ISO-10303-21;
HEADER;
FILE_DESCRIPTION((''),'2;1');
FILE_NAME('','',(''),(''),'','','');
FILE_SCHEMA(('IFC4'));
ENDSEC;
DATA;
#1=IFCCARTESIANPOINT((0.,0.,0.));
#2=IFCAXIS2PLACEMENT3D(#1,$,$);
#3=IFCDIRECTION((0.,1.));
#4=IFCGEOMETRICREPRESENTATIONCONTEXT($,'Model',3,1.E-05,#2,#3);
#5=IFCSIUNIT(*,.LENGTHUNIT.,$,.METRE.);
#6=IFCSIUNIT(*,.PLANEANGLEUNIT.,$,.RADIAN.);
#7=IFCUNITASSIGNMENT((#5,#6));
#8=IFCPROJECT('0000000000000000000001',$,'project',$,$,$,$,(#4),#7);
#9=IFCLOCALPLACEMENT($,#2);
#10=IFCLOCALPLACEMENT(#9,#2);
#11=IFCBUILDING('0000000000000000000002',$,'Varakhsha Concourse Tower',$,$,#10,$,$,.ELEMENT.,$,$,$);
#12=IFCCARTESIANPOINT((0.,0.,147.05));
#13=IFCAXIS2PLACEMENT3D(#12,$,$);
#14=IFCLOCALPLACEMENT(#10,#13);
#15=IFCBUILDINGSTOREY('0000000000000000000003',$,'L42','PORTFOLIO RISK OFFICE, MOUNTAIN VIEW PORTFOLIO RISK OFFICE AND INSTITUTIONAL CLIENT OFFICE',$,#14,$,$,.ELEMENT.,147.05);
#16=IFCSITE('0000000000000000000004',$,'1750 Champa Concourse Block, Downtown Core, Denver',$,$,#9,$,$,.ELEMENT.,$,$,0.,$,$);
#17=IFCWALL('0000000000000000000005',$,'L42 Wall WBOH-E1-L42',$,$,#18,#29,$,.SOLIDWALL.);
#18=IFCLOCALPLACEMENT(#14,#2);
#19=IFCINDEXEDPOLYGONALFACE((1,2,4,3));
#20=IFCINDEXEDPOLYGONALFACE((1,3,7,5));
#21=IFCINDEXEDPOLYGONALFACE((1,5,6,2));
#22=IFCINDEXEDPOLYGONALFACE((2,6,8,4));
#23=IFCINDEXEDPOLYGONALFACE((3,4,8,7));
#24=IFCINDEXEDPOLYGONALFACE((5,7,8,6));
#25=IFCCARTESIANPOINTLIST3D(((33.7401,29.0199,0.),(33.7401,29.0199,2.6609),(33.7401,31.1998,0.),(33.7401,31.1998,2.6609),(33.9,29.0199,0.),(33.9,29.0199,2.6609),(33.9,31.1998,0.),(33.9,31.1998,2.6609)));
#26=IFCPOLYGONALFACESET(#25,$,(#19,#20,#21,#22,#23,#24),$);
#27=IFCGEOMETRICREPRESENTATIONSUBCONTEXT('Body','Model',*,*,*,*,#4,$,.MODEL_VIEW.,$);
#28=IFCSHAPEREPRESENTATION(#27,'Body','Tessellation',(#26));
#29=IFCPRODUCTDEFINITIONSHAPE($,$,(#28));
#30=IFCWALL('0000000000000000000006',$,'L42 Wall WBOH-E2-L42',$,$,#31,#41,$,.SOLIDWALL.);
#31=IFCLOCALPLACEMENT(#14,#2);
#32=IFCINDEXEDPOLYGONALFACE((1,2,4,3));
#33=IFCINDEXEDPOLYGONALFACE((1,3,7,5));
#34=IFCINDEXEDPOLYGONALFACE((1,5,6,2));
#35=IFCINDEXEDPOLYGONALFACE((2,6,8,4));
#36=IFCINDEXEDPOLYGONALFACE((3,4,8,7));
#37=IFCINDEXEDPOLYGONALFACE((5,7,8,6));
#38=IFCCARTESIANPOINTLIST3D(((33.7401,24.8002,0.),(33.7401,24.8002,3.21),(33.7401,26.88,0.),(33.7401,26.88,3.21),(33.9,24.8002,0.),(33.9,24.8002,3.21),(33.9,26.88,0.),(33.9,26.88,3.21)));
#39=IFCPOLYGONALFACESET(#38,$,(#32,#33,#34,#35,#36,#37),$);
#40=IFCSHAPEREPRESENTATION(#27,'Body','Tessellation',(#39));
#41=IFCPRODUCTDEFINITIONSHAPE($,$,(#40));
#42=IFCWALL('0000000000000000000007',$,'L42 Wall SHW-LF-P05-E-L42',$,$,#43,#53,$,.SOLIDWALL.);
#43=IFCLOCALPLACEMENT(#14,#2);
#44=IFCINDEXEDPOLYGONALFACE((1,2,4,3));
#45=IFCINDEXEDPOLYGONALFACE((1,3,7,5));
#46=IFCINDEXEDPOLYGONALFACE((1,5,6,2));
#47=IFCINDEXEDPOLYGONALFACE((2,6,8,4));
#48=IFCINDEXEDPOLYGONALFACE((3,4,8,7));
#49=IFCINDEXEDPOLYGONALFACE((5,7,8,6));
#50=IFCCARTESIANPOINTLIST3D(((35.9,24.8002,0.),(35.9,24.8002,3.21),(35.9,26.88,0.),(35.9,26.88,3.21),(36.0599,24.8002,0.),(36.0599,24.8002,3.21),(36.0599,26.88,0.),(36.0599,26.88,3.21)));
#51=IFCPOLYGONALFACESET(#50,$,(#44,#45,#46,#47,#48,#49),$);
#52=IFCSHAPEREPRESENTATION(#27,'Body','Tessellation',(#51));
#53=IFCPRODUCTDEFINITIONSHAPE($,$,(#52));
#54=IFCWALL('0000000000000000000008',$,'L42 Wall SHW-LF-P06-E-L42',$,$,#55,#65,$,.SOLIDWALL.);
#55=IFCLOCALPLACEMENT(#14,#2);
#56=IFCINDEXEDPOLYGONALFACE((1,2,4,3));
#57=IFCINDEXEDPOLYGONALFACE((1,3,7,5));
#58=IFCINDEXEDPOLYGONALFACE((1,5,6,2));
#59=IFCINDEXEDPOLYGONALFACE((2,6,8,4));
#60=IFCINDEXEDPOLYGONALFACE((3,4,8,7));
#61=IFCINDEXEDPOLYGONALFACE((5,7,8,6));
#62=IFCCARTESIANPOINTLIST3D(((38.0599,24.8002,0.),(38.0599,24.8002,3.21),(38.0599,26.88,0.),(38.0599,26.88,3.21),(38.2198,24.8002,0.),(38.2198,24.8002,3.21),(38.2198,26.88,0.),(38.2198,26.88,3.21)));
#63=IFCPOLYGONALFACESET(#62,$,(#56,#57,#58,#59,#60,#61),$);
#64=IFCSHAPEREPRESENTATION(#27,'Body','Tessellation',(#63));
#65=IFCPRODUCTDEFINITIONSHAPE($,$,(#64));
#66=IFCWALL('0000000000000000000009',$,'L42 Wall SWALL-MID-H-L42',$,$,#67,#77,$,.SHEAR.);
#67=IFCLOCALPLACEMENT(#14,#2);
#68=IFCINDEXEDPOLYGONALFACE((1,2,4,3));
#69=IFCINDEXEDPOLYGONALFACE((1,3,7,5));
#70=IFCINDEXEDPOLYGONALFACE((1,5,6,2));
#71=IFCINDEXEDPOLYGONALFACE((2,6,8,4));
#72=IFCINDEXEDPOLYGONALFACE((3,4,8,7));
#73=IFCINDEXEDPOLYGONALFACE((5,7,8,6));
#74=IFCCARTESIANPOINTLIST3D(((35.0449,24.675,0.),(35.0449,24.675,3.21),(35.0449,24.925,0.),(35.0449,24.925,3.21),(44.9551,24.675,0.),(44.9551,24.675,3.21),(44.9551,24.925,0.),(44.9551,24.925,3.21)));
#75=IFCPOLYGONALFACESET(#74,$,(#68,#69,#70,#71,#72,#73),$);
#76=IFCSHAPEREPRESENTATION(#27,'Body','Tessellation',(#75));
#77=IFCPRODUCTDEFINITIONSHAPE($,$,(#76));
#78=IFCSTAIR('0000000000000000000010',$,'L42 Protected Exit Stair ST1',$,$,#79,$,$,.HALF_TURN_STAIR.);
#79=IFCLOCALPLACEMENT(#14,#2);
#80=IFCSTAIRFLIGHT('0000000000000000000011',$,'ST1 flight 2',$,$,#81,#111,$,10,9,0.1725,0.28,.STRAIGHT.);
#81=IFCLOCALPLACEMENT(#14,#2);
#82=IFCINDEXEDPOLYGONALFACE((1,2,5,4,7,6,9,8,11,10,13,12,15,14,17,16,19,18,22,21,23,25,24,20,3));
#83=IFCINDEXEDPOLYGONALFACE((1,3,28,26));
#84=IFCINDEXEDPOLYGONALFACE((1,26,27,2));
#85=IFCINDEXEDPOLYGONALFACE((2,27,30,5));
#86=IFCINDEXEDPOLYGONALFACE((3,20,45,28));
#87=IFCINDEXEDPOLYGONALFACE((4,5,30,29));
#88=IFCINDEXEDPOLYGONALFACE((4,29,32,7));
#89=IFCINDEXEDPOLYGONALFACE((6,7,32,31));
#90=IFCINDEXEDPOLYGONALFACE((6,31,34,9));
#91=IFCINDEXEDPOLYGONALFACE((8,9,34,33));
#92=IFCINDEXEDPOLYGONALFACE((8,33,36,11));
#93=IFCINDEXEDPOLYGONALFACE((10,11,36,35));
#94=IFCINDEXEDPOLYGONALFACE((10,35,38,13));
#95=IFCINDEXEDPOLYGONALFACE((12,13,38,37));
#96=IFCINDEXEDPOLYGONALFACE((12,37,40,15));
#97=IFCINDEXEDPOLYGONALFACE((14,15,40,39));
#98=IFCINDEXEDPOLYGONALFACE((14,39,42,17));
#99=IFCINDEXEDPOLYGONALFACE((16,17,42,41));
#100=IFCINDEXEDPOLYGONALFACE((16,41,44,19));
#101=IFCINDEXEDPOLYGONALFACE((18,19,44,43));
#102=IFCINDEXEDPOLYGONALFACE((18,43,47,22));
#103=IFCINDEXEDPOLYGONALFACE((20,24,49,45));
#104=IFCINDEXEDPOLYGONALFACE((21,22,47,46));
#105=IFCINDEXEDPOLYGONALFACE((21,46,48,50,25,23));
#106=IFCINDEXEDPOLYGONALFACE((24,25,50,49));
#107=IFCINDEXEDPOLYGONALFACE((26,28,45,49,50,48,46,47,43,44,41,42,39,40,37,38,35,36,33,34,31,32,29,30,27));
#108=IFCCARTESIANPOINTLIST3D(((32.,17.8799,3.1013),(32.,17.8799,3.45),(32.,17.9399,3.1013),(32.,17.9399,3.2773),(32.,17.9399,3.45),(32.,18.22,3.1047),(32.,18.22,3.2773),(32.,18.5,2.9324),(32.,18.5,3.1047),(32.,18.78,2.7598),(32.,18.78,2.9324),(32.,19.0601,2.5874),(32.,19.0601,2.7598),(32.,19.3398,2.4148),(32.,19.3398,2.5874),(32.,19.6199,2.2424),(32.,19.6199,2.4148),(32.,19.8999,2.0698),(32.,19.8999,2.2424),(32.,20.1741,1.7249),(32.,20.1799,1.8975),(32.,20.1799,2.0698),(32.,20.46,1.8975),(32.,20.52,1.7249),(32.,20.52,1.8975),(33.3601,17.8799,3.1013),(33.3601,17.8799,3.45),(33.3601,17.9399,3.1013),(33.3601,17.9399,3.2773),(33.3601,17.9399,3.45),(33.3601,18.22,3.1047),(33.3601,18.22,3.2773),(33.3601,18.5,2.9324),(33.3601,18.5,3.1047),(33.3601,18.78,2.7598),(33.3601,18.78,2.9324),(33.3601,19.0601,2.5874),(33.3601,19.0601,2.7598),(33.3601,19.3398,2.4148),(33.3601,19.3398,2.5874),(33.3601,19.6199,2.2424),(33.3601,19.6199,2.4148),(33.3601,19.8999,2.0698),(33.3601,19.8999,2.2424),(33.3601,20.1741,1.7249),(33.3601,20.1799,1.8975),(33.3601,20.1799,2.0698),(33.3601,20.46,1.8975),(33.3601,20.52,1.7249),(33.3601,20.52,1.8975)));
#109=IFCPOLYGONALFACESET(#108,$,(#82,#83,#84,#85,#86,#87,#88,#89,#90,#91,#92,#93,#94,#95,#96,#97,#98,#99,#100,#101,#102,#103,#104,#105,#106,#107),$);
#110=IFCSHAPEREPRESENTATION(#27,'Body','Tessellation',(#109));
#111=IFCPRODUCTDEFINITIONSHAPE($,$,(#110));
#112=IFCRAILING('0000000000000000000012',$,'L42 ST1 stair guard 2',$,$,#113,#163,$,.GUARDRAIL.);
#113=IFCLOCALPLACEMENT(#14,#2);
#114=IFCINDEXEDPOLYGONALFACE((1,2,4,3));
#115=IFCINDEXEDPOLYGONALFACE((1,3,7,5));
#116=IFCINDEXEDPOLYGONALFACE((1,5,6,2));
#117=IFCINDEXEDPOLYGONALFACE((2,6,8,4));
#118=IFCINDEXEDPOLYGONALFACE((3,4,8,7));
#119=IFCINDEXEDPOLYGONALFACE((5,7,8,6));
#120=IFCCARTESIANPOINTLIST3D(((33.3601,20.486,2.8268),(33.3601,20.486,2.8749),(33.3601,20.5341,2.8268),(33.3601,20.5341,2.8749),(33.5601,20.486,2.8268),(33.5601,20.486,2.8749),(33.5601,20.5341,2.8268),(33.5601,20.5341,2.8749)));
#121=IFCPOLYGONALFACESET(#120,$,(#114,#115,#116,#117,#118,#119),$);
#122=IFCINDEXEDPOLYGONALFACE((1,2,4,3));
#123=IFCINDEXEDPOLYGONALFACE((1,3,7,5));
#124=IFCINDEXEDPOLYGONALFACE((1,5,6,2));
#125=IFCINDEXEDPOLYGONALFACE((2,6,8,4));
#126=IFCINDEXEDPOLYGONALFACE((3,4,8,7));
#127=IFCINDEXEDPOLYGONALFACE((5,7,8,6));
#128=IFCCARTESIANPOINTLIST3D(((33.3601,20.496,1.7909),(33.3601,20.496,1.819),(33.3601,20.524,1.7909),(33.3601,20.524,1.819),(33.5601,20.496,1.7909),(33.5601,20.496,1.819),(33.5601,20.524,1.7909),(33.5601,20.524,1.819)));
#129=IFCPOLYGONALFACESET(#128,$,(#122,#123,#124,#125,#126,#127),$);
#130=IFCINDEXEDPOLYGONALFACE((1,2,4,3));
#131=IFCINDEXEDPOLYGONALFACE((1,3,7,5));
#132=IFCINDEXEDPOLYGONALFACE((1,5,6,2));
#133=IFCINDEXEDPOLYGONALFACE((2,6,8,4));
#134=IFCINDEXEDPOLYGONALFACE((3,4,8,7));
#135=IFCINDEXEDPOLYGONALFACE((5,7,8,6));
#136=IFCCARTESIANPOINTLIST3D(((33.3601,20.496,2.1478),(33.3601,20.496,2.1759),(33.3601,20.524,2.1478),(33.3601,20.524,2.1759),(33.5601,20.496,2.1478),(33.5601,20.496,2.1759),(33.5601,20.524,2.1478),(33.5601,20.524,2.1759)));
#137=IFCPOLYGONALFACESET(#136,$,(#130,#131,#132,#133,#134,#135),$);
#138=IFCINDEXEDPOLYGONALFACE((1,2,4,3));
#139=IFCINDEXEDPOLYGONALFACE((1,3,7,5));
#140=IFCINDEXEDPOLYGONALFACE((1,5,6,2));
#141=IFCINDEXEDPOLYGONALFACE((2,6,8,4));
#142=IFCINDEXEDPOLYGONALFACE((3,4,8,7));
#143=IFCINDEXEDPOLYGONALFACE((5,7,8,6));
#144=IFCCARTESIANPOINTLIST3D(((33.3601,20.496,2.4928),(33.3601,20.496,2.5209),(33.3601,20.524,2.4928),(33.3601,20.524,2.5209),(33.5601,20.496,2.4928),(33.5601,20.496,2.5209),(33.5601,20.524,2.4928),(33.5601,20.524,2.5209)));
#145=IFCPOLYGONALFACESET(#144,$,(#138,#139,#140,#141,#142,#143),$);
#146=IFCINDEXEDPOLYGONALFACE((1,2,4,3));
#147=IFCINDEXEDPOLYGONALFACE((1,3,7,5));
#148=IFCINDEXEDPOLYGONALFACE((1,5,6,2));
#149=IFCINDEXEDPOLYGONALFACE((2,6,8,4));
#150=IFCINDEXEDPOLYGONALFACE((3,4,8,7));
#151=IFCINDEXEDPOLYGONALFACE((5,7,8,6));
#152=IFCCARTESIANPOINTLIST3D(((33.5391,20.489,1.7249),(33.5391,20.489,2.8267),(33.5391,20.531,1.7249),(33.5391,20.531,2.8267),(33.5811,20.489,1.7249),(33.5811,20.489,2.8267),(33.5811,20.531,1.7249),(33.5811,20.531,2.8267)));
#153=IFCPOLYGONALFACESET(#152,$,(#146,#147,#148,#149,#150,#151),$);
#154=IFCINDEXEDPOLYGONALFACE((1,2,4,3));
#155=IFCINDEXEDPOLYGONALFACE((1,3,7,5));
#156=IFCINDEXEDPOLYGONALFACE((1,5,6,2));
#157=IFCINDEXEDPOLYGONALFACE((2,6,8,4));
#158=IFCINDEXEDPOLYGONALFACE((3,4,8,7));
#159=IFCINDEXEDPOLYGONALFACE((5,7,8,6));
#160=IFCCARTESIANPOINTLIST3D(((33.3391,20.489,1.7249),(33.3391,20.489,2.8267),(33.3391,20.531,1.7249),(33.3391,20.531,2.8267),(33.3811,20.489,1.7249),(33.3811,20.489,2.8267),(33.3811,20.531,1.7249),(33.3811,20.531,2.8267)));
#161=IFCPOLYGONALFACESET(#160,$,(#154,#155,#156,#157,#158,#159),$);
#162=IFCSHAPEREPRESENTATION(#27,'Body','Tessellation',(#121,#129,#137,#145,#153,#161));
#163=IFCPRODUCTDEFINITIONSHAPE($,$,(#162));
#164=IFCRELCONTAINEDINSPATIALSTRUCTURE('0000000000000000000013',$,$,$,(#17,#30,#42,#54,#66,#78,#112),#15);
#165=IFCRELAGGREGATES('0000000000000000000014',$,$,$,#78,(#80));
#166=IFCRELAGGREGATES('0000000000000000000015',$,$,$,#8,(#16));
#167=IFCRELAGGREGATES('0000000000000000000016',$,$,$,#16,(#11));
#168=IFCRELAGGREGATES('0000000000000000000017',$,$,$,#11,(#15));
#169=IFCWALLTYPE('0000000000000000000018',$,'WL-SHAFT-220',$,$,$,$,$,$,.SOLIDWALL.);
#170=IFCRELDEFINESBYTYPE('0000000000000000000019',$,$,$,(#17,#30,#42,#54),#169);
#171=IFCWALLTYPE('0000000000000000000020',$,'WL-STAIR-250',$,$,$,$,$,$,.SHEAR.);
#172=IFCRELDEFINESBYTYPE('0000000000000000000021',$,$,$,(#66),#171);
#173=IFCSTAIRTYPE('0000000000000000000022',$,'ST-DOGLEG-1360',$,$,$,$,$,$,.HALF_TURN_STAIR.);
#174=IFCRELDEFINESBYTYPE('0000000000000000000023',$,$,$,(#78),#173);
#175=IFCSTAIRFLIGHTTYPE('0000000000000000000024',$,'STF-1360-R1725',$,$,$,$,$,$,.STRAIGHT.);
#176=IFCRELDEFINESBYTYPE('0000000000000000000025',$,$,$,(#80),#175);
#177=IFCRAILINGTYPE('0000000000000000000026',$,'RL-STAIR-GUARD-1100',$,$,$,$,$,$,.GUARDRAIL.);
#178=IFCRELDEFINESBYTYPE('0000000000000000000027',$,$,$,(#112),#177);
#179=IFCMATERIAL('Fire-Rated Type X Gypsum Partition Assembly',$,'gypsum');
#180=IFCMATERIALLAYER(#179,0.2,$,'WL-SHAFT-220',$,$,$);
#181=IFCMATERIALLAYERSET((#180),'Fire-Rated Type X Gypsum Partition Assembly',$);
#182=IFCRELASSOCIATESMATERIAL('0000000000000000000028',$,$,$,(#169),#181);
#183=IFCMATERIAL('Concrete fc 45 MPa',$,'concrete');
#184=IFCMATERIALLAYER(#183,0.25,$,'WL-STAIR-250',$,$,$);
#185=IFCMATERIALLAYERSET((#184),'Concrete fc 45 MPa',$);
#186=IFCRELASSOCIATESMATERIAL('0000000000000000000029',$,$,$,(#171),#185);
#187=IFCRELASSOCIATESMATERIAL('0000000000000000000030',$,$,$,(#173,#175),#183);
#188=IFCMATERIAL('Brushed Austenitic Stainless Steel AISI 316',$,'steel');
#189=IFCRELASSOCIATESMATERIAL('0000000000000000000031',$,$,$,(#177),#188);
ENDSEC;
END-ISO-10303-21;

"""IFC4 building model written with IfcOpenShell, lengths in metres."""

from ifc_helpers import new_model, si_unit, direction, frame, frame_2d, origin, origin_2d, place, context, subcontext, project, spatial, polyline, rectangle, outline, extrude, material, layer, layer_set, type_object, element, aggregate, save


model = new_model("IFC4")

# Units and contexts
model_context = context("Model", 3, precision=1e-05, world=origin(), true_north=direction((0.0, 1.0)))
body_context = subcontext(model_context, "Body", "Model", "MODEL_VIEW")
ifc_project = project(units=[si_unit("LENGTHUNIT", "METRE"), si_unit("PLANEANGLEUNIT", "RADIAN")], contexts=[model_context])

# Site, building, storey
site_placement = place(None, origin())
site = spatial("IfcSite", under=ifc_project, at=site_placement, Name="1750 Champa Concourse Block, Downtown Core, Denver", CompositionType="ELEMENT", RefElevation=0.0)
building_placement = place(site_placement, origin())
building = spatial("IfcBuilding", under=site, at=building_placement, Name="Varakhsha Concourse Tower", CompositionType="ELEMENT")
storey_placement = place(building_placement, frame((0.0, 0.0, 147.05)))
storey = spatial("IfcBuildingStorey", under=building, at=storey_placement, Name="L42", Description="PORTFOLIO RISK OFFICE, MOUNTAIN VIEW PORTFOLIO RISK OFFICE AND INSTITUTIONAL CLIENT OFFICE", CompositionType="ELEMENT", Elevation=147.05)

# Shared definitions
ifc_material_1 = material(Name="Fire-Rated Type X Gypsum Partition Assembly", Category="gypsum")

# Shared definitions
ifc_layer_1 = layer(ifc_material_1, 0.2, Name="WL-SHAFT-220")
ifc_layer_set_1 = layer_set([ifc_layer_1], Name="Fire-Rated Type X Gypsum Partition Assembly")
wall_type_1 = type_object("IfcWallType", Name="WL-SHAFT-220", PredefinedType="SOLIDWALL", material=ifc_layer_set_1)
ifc_material_2 = material(Name="Brushed Austenitic Stainless Steel AISI 316", Category="steel")

# Walls
wall_1_placement = place(storey_placement, frame((33.8201, 29.02, 0.0), z_axis=(0.0, 0.0, 1.0), x_axis=(0.0, 1.0, 0.0)))
element("IfcWall", 1, at=wall_1_placement, inside=storey, type_object=wall_type_1, Name="L42 Wall WBOH-E1-L42", PredefinedType="SOLIDWALL", context=body_context, shape_type="SweptSolid", body=[
    extrude(rectangle(XDim=2.1799, YDim=0.1599, at=frame_2d((1.0898, 0.0))), origin(), (0.0, 0.0, 1.0), 2.6609),
])
for number, where, z_axis, x_axis, name in (
    (2, (33.8201, 24.8, 0.0), (0.0, 0.0, 1.0), (0.0, 1.0, 0.0), "L42 Wall WBOH-E2-L42"),
    (3, (35.98, 24.8, 0.0), (0.0, 0.0, 1.0), (0.0, 1.0, 0.0), "L42 Wall SHW-LF-P05-E-L42"),
    (4, (38.1399, 24.8, 0.0), (0.0, 0.0, 1.0), (0.0, 1.0, 0.0), "L42 Wall SHW-LF-P06-E-L42"),
):
    element("IfcWall", number, at=place(storey_placement, frame(where, z_axis=z_axis, x_axis=x_axis)), inside=storey, type_object=wall_type_1, Name=name, PredefinedType="SOLIDWALL", context=body_context, shape_type="SweptSolid", body=[
        extrude(rectangle(XDim=2.0798, YDim=0.1599, at=frame_2d((1.04, 0.0))), origin(), (0.0, 0.0, 1.0), 3.21),
    ])
ifc_material_3 = material(Name="Concrete fc 45 MPa", Category="concrete")
ifc_layer_2 = layer(ifc_material_3, 0.25, Name="WL-STAIR-250")
ifc_layer_set_2 = layer_set([ifc_layer_2], Name="Concrete fc 45 MPa")
wall_type_2 = type_object("IfcWallType", Name="WL-STAIR-250", PredefinedType="SHEAR", material=ifc_layer_set_2)
wall_2_placement = place(storey_placement, frame((35.0449, 24.8, 0.0), z_axis=(0.0, 0.0, 1.0), x_axis=(1.0, 0.0, 0.0)))
element("IfcWall", 5, at=wall_2_placement, inside=storey, type_object=wall_type_2, Name="L42 Wall SWALL-MID-H-L42", PredefinedType="SHEAR", context=body_context, shape_type="SweptSolid", body=[
    extrude(rectangle(XDim=9.9102, YDim=0.25, at=frame_2d((4.9551, 0.0))), origin(), (0.0, 0.0, 1.0), 3.21),
])

# Stair, stair flight
stair_type = type_object("IfcStairType", Name="ST-DOGLEG-1360", PredefinedType="HALF_TURN_STAIR", material=ifc_material_3)
stair_placement = place(storey_placement, origin())
stair = element("IfcStair", 6, at=stair_placement, inside=storey, type_object=stair_type, Name="L42 Protected Exit Stair ST1", PredefinedType="HALF_TURN_STAIR")
stair_flight_type = type_object("IfcStairFlightType", Name="STF-1360-R1725", PredefinedType="STRAIGHT", material=ifc_material_3)
stair_flight_placement = place(storey_placement, frame((32.6799, 20.46, 1.7249), z_axis=(0.0, 0.0, 1.0), x_axis=(0.0, -1.0, 0.0)))
stair_flight = element("IfcStairFlight", 7, at=stair_flight_placement, type_object=stair_flight_type, Name="ST1 flight 2", NumberOfRisers=10, NumberOfTreads=9, PredefinedType="STRAIGHT", RiserHeight=0.1725, TreadLength=0.28, context=body_context, shape_type="SweptSolid", body=[
    extrude(outline(polyline([(-0.0601, 0.0), (-0.0601, 0.1726), (0.0, 0.1726), (0.28, 0.1726), (0.28, 0.345), (0.5601, 0.345), (0.5601, 0.5176), (0.8401, 0.5176), (0.8401, 0.6899), (1.1201, 0.6899), (1.1201, 0.8625), (1.3999, 0.8625), (1.3999, 1.0349), (1.6799, 1.0349), (1.6799, 1.2075), (1.96, 1.2075), (1.96, 1.3799), (2.24, 1.3799), (2.24, 1.5525), (2.52, 1.5525), (2.52, 1.7251), (2.5801, 1.7251), (2.5801, 1.3765), (2.52, 1.3765), (0.2859, 0.0), (-0.0601, 0.0)])), frame((0.0, 0.6802, 0.0), z_axis=(0.0, -1.0, 0.0), x_axis=(1.0, 0.0, 0.0)), (0.0, 0.0, 1.0), 1.3601),
])
aggregate(stair, [stair_flight])

# Railing
railing_type = type_object("IfcRailingType", Name="RL-STAIR-GUARD-1100", PredefinedType="GUARDRAIL", material=ifc_material_2)
railing_1_placement = place(storey_placement, frame((33.5601, 20.51, 1.7249)))
element("IfcRailing", 8, at=railing_1_placement, inside=storey, type_object=railing_type, Name="L42 ST1 stair guard 2", PredefinedType="GUARDRAIL", context=body_context, shape_type="SweptSolid", body=[
    extrude(rectangle(XDim=0.0481, YDim=0.0481, at=origin_2d()), frame((0.0, 0.0, 1.126), z_axis=(-1.0, 0.0, 0.0), x_axis=(0.0, -1.0, 0.0)), (0.0, 0.0, 1.0), 0.2),
    extrude(rectangle(XDim=0.0281, YDim=0.0281, at=origin_2d()), frame((0.0, 0.0, 0.0801), z_axis=(-1.0, 0.0, 0.0), x_axis=(0.0, -1.0, 0.0)), (0.0, 0.0, 1.0), 0.2),
    extrude(rectangle(XDim=0.0281, YDim=0.0281, at=origin_2d()), frame((0.0, 0.0, 0.437), z_axis=(-1.0, 0.0, 0.0), x_axis=(0.0, -1.0, 0.0)), (0.0, 0.0, 1.0), 0.2),
    extrude(rectangle(XDim=0.0281, YDim=0.0281, at=origin_2d()), frame((0.0, 0.0, 0.782), z_axis=(-1.0, 0.0, 0.0), x_axis=(0.0, -1.0, 0.0)), (0.0, 0.0, 1.0), 0.2),
    extrude(rectangle(XDim=0.042, YDim=0.042, at=origin_2d()), origin(), (0.0, 0.0, 1.0), 1.1018),
    extrude(rectangle(XDim=0.042, YDim=0.042, at=origin_2d()), frame((-0.2, 0.0, 0.0)), (0.0, 0.0, 1.0), 1.1018),
])

save(model, "model.ifc")
